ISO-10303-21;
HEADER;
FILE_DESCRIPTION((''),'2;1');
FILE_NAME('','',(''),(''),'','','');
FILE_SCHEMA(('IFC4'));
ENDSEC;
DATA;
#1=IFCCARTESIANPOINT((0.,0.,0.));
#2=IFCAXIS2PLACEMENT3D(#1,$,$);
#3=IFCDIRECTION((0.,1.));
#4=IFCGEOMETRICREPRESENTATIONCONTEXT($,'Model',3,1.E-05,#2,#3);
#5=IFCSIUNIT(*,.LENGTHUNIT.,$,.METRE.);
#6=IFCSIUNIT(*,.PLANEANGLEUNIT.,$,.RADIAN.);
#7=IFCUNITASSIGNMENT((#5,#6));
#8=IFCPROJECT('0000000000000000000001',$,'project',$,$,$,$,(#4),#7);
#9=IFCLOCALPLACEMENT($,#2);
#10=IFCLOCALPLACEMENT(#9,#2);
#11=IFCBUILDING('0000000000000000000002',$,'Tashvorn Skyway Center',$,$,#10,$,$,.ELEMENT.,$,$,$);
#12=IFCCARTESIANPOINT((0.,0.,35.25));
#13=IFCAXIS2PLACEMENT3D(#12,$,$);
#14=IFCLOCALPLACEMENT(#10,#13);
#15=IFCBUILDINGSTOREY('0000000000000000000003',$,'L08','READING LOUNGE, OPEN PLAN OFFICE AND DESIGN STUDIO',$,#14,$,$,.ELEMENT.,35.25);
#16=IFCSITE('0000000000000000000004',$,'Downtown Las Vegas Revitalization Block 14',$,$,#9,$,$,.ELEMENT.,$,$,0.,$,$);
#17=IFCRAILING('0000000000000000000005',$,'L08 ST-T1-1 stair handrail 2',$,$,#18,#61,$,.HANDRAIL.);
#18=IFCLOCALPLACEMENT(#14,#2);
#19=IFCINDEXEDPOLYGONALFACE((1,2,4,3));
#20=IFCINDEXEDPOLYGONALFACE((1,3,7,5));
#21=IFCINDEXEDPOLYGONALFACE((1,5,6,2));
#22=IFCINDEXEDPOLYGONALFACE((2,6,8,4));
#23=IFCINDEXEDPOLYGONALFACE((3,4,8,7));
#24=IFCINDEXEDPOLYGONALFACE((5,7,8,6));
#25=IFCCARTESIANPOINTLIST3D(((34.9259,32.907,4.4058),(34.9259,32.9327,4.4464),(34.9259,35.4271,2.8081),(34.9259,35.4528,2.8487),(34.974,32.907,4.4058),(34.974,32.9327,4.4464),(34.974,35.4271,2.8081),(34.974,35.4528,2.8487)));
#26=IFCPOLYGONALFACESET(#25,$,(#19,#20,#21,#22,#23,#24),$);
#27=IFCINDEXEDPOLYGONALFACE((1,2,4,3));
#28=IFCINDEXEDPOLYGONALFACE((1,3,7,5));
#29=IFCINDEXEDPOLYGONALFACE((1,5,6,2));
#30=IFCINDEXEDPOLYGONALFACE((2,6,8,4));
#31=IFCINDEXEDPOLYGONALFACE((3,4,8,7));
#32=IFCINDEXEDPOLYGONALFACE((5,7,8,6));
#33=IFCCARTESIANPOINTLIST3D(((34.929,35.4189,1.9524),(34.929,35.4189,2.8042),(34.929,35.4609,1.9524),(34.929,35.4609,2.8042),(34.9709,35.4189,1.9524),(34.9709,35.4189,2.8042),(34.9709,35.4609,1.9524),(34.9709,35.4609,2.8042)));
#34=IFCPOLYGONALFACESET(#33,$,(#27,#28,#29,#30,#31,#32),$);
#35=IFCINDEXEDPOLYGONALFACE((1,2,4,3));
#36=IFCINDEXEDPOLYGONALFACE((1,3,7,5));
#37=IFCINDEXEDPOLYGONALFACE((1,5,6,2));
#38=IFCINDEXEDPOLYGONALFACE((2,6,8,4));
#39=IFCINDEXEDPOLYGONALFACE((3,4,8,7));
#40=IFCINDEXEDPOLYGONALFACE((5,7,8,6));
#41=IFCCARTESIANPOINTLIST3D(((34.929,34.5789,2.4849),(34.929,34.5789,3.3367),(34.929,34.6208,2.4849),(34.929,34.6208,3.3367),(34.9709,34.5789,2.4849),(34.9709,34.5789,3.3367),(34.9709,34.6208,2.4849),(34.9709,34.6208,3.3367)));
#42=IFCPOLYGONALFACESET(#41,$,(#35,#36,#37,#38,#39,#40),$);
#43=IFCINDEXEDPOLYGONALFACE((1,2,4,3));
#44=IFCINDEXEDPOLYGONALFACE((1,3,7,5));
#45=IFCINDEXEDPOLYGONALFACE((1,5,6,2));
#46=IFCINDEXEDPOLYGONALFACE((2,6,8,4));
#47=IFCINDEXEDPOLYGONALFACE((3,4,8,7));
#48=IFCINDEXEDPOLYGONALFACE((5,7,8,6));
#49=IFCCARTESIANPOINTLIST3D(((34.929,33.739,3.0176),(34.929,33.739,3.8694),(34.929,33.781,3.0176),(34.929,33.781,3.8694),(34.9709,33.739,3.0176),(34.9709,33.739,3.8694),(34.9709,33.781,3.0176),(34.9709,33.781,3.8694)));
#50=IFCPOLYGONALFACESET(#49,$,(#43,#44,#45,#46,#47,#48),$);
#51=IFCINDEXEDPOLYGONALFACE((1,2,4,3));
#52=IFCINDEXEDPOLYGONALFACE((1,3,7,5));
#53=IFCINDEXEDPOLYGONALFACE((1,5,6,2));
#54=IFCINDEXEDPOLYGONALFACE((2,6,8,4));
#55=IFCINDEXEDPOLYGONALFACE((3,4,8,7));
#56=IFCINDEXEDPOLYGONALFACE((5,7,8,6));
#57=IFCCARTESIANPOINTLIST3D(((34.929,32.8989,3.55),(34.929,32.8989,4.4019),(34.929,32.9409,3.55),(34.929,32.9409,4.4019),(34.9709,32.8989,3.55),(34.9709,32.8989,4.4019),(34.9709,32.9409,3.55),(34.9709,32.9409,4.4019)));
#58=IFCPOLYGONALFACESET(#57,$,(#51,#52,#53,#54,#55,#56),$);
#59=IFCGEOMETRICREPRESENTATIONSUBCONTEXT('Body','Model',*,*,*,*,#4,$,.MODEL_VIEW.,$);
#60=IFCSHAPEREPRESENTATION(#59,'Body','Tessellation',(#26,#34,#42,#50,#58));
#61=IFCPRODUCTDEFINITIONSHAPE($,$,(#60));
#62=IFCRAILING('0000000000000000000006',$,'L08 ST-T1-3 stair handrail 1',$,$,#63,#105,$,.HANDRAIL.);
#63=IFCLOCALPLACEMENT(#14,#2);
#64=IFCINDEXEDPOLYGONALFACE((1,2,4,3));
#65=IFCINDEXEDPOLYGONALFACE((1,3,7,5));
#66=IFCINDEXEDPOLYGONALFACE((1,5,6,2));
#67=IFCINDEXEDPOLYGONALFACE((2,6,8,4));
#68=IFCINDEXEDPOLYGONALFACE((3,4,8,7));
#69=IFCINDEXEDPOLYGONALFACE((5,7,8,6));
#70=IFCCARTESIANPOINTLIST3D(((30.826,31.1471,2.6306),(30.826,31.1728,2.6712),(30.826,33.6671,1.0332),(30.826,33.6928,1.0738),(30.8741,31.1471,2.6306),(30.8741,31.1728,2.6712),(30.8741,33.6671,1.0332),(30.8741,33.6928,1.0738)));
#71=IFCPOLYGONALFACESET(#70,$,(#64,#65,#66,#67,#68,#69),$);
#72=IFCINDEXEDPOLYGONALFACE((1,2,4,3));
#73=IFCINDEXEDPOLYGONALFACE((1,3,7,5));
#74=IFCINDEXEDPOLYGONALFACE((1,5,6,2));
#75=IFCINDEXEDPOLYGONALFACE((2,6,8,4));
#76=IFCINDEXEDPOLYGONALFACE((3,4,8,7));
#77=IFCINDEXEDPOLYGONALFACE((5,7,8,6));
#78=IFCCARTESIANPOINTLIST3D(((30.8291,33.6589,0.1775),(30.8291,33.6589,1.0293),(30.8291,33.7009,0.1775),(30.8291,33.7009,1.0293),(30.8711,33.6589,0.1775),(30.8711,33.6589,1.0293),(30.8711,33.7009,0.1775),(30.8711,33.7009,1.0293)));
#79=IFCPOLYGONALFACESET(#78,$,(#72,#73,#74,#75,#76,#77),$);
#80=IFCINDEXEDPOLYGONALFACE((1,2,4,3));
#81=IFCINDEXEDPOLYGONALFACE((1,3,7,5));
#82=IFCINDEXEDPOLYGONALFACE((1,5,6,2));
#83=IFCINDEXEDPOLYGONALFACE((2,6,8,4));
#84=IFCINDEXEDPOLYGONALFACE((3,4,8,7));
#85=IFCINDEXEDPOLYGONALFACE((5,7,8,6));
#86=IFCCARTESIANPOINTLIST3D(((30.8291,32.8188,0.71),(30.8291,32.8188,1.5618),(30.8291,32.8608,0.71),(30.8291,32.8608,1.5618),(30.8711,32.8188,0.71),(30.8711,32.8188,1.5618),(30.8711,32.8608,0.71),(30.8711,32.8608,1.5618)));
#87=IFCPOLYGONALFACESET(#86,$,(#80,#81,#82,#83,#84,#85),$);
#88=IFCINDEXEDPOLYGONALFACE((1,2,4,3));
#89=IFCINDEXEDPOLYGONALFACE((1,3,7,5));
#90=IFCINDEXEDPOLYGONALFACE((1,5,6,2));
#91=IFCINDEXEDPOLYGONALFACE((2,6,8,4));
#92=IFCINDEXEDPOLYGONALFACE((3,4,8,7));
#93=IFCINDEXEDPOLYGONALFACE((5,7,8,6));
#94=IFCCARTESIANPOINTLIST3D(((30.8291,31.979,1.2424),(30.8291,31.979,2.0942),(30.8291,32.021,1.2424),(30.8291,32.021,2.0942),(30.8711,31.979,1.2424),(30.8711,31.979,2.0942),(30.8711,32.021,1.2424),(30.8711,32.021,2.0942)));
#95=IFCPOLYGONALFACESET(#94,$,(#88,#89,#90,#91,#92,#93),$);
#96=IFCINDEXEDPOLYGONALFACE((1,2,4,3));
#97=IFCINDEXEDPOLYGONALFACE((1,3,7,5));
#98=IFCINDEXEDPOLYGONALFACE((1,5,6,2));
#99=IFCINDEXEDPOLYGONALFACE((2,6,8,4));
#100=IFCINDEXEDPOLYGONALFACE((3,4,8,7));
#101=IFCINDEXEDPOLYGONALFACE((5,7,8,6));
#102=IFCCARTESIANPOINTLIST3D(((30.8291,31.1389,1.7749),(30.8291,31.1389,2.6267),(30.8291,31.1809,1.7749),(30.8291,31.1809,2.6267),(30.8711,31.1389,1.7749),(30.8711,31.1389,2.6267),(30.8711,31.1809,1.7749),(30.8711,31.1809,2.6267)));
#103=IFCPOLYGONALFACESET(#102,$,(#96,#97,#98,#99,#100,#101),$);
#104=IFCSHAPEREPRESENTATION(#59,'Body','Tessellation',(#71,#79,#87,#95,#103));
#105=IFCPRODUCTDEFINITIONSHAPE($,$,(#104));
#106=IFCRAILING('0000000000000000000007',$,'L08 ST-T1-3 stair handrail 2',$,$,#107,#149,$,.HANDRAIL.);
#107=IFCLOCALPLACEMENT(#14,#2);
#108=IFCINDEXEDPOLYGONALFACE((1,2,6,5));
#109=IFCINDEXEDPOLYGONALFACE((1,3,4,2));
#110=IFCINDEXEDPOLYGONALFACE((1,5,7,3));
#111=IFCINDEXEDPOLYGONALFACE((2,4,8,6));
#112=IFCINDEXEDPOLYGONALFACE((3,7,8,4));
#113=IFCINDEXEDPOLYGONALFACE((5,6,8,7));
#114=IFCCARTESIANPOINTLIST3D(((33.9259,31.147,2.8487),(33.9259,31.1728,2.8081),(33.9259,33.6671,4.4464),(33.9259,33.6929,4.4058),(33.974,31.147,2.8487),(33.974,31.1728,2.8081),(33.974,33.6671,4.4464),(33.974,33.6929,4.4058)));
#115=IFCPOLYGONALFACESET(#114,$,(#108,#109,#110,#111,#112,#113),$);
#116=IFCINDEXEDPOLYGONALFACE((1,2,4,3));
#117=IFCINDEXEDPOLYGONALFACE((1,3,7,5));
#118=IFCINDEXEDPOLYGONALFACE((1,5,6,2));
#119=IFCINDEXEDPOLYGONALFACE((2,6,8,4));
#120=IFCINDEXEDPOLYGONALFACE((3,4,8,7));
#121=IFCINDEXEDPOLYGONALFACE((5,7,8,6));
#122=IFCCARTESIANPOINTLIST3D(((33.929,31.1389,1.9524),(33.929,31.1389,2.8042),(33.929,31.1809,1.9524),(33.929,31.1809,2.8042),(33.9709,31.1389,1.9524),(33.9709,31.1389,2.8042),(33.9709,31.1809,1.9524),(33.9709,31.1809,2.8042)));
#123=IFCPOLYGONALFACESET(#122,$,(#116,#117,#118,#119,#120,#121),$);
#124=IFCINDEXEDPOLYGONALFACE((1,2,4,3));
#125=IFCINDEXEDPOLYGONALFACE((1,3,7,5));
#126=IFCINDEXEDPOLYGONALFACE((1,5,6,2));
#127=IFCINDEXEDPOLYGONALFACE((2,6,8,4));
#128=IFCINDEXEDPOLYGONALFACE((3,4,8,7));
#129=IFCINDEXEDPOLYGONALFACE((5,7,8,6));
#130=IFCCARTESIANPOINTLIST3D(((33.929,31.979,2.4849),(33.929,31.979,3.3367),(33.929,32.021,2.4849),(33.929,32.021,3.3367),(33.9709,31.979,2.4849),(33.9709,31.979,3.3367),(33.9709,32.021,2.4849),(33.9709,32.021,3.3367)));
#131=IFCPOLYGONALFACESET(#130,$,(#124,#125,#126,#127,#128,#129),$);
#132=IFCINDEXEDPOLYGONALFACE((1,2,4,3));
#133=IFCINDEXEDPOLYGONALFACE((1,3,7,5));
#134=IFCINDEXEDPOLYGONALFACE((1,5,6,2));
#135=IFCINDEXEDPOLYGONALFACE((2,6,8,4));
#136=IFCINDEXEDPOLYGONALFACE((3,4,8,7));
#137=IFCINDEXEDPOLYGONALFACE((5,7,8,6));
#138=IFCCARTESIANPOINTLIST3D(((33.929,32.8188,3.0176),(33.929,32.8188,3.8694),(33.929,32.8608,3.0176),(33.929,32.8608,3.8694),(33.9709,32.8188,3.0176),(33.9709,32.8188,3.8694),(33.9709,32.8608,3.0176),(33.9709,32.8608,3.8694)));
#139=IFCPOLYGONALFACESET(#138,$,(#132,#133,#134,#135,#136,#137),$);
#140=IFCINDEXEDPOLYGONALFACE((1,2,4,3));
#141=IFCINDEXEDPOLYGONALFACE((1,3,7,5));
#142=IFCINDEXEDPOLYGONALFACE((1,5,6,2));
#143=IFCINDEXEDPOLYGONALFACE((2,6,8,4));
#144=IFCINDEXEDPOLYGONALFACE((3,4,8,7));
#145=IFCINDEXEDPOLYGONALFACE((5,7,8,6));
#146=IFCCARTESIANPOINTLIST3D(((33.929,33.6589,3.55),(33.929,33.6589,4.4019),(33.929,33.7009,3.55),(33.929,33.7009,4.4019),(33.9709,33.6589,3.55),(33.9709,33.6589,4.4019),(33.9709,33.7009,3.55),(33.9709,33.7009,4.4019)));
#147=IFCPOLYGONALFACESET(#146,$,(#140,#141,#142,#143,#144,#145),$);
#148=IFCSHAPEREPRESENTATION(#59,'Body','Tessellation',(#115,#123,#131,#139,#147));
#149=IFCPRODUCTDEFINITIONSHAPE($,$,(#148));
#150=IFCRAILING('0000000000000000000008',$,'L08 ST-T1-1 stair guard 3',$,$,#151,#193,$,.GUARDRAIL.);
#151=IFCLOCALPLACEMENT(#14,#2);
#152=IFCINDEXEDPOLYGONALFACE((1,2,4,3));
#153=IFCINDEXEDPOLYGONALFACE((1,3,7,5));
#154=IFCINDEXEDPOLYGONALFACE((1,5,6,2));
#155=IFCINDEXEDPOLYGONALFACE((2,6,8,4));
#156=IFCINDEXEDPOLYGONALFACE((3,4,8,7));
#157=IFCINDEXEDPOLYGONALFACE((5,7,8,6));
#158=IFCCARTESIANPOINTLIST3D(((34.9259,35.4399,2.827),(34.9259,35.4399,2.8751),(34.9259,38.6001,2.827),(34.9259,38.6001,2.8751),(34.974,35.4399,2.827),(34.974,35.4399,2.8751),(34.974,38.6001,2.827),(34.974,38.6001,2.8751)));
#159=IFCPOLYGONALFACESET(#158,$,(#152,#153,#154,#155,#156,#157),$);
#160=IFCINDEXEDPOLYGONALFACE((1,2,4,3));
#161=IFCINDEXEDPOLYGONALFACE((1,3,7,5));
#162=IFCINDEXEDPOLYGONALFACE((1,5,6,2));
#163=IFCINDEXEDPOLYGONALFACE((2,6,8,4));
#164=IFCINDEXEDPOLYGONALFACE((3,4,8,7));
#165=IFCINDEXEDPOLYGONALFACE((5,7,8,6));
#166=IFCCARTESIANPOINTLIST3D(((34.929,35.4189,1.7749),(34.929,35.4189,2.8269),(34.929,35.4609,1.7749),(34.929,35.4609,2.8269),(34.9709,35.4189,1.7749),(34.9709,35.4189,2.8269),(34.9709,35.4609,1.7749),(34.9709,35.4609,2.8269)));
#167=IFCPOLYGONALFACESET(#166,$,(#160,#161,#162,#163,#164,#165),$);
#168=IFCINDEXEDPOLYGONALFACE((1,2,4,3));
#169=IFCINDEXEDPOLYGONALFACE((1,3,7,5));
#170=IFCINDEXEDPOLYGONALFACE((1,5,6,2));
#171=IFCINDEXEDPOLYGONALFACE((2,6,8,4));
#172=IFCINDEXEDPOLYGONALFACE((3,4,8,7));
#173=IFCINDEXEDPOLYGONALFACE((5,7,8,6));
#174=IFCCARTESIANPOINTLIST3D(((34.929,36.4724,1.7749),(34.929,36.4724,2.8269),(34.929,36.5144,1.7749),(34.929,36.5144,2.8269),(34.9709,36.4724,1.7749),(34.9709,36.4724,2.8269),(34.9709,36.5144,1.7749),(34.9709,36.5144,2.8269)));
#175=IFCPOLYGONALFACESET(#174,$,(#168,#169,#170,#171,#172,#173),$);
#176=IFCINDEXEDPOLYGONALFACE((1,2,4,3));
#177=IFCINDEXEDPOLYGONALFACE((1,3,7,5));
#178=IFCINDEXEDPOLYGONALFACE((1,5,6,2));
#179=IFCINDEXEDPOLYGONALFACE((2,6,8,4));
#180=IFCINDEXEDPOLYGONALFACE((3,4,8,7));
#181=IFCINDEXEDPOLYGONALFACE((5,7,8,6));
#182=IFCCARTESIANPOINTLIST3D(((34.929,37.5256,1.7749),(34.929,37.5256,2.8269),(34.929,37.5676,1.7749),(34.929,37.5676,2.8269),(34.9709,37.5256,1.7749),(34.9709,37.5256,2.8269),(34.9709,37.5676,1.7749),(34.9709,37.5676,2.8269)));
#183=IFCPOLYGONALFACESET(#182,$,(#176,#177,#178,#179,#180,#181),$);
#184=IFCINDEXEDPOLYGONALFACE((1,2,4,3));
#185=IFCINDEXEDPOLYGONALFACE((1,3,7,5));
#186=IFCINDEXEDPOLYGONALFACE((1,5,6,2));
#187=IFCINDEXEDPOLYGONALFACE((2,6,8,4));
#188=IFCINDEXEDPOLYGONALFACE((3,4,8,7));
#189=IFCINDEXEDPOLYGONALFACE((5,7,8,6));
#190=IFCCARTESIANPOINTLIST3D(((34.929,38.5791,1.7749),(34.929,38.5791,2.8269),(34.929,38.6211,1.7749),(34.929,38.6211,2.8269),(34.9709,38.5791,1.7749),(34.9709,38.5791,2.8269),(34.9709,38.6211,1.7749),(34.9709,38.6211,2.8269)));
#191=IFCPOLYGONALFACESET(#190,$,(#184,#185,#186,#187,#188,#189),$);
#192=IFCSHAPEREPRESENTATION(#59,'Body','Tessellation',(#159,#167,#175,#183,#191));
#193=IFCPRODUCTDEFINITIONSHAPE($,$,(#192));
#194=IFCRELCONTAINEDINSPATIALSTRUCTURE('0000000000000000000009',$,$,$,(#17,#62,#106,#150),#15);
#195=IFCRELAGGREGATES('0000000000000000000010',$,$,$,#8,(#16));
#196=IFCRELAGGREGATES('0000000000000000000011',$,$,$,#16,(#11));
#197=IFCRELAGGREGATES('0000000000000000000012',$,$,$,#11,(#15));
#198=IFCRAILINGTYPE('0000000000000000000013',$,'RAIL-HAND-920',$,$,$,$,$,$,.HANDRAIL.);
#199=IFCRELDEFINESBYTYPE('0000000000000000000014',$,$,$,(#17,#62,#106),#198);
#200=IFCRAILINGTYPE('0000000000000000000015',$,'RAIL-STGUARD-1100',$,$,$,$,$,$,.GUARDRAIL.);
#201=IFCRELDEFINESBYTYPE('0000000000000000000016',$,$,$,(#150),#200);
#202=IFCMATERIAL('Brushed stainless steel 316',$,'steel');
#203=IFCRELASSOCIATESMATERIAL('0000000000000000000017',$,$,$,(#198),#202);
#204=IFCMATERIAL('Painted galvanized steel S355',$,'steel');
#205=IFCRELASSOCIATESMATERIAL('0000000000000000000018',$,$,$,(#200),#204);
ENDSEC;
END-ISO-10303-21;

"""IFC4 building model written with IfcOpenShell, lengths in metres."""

from ifc_helpers import new_model, si_unit, direction, frame, origin, origin_2d, place, context, subcontext, project, spatial, rectangle, extrude, material, type_object, element, save


model = new_model("IFC4")

# Units and contexts
model_context = context("Model", 3, precision=1e-05, world=origin(), true_north=direction((0.0, 1.0)))
body_context = subcontext(model_context, "Body", "Model", "MODEL_VIEW")
ifc_project = project(units=[si_unit("LENGTHUNIT", "METRE"), si_unit("PLANEANGLEUNIT", "RADIAN")], contexts=[model_context])

# Site, building, storey
site_placement = place(None, origin())
site = spatial("IfcSite", under=ifc_project, at=site_placement, Name="Downtown Las Vegas Revitalization Block 14", CompositionType="ELEMENT", RefElevation=0.0)
building_placement = place(site_placement, origin())
building = spatial("IfcBuilding", under=site, at=building_placement, Name="Tashvorn Skyway Center", CompositionType="ELEMENT")
storey_placement = place(building_placement, frame((0.0, 0.0, 35.25)))
storey = spatial("IfcBuildingStorey", under=building, at=storey_placement, Name="L08", Description="READING LOUNGE, OPEN PLAN OFFICE AND DESIGN STUDIO", CompositionType="ELEMENT", Elevation=35.25)

# Railings
ifc_material_1 = material(Name="Brushed stainless steel 316", Category="steel")
railing_type_1 = type_object("IfcRailingType", Name="RAIL-HAND-920", PredefinedType="HANDRAIL", material=ifc_material_1)
railing_1_placement = place(storey_placement, frame((34.95, 35.4399, 1.9524)))
element("IfcRailing", 1, at=railing_1_placement, inside=storey, type_object=railing_type_1, Name="L08 ST-T1-1 stair handrail 2", PredefinedType="HANDRAIL", context=body_context, shape_type="SweptSolid", body=[
    extrude(rectangle(XDim=0.0481, YDim=0.0481, at=origin_2d()), frame((0.0, 0.0, 0.876), z_axis=(0.0, -0.84457, 0.535445), x_axis=(1.0, 0.0, 0.0)), (0.0, 0.0, 1.0), 2.9839),
    extrude(rectangle(XDim=0.042, YDim=0.042, at=origin_2d()), origin(), (0.0, 0.0, 1.0), 0.8518),
    extrude(rectangle(XDim=0.042, YDim=0.042, at=origin_2d()), frame((0.0, -0.8401, 0.5325)), (0.0, 0.0, 1.0), 0.8518),
    extrude(rectangle(XDim=0.042, YDim=0.042, at=origin_2d()), frame((0.0, -1.6799, 1.0652)), (0.0, 0.0, 1.0), 0.8518),
    extrude(rectangle(XDim=0.042, YDim=0.042, at=origin_2d()), frame((0.0, -2.52, 1.5977)), (0.0, 0.0, 1.0), 0.8518),
])
railing_2_placement = place(storey_placement, frame((30.8501, 33.6799, 0.1775)))
element("IfcRailing", 2, at=railing_2_placement, inside=storey, type_object=railing_type_1, Name="L08 ST-T1-3 stair handrail 1", PredefinedType="HANDRAIL", context=body_context, shape_type="SweptSolid", body=[
    extrude(rectangle(XDim=0.0481, YDim=0.0481, at=origin_2d()), frame((0.0, 0.0, 0.876), z_axis=(0.0, -0.844607, 0.535387), x_axis=(1.0, 0.0, 0.0)), (0.0, 0.0, 1.0), 2.9836),
    extrude(rectangle(XDim=0.042, YDim=0.042, at=origin_2d()), origin(), (0.0, 0.0, 1.0), 0.8518),
    extrude(rectangle(XDim=0.042, YDim=0.042, at=origin_2d()), frame((0.0, -0.8401, 0.5325)), (0.0, 0.0, 1.0), 0.8518),
    extrude(rectangle(XDim=0.042, YDim=0.042, at=origin_2d()), frame((0.0, -1.6799, 1.0649)), (0.0, 0.0, 1.0), 0.8518),
    extrude(rectangle(XDim=0.042, YDim=0.042, at=origin_2d()), frame((0.0, -2.52, 1.5974)), (0.0, 0.0, 1.0), 0.8518),
])
railing_3_placement = place(storey_placement, frame((33.95, 31.1599, 1.9524)))
element("IfcRailing", 3, at=railing_3_placement, inside=storey, type_object=railing_type_1, Name="L08 ST-T1-3 stair handrail 2", PredefinedType="HANDRAIL", context=body_context, shape_type="SweptSolid", body=[
    extrude(rectangle(XDim=0.0481, YDim=0.0481, at=origin_2d()), frame((0.0, 0.0, 0.876), z_axis=(0.0, 0.84457, 0.535445), x_axis=(-1.0, 0.0, 0.0)), (0.0, 0.0, 1.0), 2.9839),
    extrude(rectangle(XDim=0.042, YDim=0.042, at=origin_2d()), origin(), (0.0, 0.0, 1.0), 0.8518),
    extrude(rectangle(XDim=0.042, YDim=0.042, at=origin_2d()), frame((0.0, 0.8401, 0.5325)), (0.0, 0.0, 1.0), 0.8518),
    extrude(rectangle(XDim=0.042, YDim=0.042, at=origin_2d()), frame((0.0, 1.6799, 1.0652)), (0.0, 0.0, 1.0), 0.8518),
    extrude(rectangle(XDim=0.042, YDim=0.042, at=origin_2d()), frame((0.0, 2.52, 1.5977)), (0.0, 0.0, 1.0), 0.8518),
])
ifc_material_2 = material(Name="Painted galvanized steel S355", Category="steel")
railing_type_2 = type_object("IfcRailingType", Name="RAIL-STGUARD-1100", PredefinedType="GUARDRAIL", material=ifc_material_2)
railing_4_placement = place(storey_placement, frame((34.95, 35.4399, 1.7749)))
element("IfcRailing", 4, at=railing_4_placement, inside=storey, type_object=railing_type_2, Name="L08 ST-T1-1 stair guard 3", PredefinedType="GUARDRAIL", context=body_context, shape_type="SweptSolid", body=[
    extrude(rectangle(XDim=0.0481, YDim=0.0481, at=origin_2d()), frame((0.0, 0.0, 1.0762), z_axis=(0.0, 1.0, 0.0), x_axis=(-1.0, 0.0, 0.0)), (0.0, 0.0, 1.0), 3.1602),
    extrude(rectangle(XDim=0.042, YDim=0.042, at=origin_2d()), origin(), (0.0, 0.0, 1.0), 1.052),
    extrude(rectangle(XDim=0.042, YDim=0.042, at=origin_2d()), frame((0.0, 1.0535, 0.0)), (0.0, 0.0, 1.0), 1.052),
    extrude(rectangle(XDim=0.042, YDim=0.042, at=origin_2d()), frame((0.0, 2.1067, 0.0)), (0.0, 0.0, 1.0), 1.052),
    extrude(rectangle(XDim=0.042, YDim=0.042, at=origin_2d()), frame((0.0, 3.1602, 0.0)), (0.0, 0.0, 1.0), 1.052),
])

save(model, "model.ifc")
